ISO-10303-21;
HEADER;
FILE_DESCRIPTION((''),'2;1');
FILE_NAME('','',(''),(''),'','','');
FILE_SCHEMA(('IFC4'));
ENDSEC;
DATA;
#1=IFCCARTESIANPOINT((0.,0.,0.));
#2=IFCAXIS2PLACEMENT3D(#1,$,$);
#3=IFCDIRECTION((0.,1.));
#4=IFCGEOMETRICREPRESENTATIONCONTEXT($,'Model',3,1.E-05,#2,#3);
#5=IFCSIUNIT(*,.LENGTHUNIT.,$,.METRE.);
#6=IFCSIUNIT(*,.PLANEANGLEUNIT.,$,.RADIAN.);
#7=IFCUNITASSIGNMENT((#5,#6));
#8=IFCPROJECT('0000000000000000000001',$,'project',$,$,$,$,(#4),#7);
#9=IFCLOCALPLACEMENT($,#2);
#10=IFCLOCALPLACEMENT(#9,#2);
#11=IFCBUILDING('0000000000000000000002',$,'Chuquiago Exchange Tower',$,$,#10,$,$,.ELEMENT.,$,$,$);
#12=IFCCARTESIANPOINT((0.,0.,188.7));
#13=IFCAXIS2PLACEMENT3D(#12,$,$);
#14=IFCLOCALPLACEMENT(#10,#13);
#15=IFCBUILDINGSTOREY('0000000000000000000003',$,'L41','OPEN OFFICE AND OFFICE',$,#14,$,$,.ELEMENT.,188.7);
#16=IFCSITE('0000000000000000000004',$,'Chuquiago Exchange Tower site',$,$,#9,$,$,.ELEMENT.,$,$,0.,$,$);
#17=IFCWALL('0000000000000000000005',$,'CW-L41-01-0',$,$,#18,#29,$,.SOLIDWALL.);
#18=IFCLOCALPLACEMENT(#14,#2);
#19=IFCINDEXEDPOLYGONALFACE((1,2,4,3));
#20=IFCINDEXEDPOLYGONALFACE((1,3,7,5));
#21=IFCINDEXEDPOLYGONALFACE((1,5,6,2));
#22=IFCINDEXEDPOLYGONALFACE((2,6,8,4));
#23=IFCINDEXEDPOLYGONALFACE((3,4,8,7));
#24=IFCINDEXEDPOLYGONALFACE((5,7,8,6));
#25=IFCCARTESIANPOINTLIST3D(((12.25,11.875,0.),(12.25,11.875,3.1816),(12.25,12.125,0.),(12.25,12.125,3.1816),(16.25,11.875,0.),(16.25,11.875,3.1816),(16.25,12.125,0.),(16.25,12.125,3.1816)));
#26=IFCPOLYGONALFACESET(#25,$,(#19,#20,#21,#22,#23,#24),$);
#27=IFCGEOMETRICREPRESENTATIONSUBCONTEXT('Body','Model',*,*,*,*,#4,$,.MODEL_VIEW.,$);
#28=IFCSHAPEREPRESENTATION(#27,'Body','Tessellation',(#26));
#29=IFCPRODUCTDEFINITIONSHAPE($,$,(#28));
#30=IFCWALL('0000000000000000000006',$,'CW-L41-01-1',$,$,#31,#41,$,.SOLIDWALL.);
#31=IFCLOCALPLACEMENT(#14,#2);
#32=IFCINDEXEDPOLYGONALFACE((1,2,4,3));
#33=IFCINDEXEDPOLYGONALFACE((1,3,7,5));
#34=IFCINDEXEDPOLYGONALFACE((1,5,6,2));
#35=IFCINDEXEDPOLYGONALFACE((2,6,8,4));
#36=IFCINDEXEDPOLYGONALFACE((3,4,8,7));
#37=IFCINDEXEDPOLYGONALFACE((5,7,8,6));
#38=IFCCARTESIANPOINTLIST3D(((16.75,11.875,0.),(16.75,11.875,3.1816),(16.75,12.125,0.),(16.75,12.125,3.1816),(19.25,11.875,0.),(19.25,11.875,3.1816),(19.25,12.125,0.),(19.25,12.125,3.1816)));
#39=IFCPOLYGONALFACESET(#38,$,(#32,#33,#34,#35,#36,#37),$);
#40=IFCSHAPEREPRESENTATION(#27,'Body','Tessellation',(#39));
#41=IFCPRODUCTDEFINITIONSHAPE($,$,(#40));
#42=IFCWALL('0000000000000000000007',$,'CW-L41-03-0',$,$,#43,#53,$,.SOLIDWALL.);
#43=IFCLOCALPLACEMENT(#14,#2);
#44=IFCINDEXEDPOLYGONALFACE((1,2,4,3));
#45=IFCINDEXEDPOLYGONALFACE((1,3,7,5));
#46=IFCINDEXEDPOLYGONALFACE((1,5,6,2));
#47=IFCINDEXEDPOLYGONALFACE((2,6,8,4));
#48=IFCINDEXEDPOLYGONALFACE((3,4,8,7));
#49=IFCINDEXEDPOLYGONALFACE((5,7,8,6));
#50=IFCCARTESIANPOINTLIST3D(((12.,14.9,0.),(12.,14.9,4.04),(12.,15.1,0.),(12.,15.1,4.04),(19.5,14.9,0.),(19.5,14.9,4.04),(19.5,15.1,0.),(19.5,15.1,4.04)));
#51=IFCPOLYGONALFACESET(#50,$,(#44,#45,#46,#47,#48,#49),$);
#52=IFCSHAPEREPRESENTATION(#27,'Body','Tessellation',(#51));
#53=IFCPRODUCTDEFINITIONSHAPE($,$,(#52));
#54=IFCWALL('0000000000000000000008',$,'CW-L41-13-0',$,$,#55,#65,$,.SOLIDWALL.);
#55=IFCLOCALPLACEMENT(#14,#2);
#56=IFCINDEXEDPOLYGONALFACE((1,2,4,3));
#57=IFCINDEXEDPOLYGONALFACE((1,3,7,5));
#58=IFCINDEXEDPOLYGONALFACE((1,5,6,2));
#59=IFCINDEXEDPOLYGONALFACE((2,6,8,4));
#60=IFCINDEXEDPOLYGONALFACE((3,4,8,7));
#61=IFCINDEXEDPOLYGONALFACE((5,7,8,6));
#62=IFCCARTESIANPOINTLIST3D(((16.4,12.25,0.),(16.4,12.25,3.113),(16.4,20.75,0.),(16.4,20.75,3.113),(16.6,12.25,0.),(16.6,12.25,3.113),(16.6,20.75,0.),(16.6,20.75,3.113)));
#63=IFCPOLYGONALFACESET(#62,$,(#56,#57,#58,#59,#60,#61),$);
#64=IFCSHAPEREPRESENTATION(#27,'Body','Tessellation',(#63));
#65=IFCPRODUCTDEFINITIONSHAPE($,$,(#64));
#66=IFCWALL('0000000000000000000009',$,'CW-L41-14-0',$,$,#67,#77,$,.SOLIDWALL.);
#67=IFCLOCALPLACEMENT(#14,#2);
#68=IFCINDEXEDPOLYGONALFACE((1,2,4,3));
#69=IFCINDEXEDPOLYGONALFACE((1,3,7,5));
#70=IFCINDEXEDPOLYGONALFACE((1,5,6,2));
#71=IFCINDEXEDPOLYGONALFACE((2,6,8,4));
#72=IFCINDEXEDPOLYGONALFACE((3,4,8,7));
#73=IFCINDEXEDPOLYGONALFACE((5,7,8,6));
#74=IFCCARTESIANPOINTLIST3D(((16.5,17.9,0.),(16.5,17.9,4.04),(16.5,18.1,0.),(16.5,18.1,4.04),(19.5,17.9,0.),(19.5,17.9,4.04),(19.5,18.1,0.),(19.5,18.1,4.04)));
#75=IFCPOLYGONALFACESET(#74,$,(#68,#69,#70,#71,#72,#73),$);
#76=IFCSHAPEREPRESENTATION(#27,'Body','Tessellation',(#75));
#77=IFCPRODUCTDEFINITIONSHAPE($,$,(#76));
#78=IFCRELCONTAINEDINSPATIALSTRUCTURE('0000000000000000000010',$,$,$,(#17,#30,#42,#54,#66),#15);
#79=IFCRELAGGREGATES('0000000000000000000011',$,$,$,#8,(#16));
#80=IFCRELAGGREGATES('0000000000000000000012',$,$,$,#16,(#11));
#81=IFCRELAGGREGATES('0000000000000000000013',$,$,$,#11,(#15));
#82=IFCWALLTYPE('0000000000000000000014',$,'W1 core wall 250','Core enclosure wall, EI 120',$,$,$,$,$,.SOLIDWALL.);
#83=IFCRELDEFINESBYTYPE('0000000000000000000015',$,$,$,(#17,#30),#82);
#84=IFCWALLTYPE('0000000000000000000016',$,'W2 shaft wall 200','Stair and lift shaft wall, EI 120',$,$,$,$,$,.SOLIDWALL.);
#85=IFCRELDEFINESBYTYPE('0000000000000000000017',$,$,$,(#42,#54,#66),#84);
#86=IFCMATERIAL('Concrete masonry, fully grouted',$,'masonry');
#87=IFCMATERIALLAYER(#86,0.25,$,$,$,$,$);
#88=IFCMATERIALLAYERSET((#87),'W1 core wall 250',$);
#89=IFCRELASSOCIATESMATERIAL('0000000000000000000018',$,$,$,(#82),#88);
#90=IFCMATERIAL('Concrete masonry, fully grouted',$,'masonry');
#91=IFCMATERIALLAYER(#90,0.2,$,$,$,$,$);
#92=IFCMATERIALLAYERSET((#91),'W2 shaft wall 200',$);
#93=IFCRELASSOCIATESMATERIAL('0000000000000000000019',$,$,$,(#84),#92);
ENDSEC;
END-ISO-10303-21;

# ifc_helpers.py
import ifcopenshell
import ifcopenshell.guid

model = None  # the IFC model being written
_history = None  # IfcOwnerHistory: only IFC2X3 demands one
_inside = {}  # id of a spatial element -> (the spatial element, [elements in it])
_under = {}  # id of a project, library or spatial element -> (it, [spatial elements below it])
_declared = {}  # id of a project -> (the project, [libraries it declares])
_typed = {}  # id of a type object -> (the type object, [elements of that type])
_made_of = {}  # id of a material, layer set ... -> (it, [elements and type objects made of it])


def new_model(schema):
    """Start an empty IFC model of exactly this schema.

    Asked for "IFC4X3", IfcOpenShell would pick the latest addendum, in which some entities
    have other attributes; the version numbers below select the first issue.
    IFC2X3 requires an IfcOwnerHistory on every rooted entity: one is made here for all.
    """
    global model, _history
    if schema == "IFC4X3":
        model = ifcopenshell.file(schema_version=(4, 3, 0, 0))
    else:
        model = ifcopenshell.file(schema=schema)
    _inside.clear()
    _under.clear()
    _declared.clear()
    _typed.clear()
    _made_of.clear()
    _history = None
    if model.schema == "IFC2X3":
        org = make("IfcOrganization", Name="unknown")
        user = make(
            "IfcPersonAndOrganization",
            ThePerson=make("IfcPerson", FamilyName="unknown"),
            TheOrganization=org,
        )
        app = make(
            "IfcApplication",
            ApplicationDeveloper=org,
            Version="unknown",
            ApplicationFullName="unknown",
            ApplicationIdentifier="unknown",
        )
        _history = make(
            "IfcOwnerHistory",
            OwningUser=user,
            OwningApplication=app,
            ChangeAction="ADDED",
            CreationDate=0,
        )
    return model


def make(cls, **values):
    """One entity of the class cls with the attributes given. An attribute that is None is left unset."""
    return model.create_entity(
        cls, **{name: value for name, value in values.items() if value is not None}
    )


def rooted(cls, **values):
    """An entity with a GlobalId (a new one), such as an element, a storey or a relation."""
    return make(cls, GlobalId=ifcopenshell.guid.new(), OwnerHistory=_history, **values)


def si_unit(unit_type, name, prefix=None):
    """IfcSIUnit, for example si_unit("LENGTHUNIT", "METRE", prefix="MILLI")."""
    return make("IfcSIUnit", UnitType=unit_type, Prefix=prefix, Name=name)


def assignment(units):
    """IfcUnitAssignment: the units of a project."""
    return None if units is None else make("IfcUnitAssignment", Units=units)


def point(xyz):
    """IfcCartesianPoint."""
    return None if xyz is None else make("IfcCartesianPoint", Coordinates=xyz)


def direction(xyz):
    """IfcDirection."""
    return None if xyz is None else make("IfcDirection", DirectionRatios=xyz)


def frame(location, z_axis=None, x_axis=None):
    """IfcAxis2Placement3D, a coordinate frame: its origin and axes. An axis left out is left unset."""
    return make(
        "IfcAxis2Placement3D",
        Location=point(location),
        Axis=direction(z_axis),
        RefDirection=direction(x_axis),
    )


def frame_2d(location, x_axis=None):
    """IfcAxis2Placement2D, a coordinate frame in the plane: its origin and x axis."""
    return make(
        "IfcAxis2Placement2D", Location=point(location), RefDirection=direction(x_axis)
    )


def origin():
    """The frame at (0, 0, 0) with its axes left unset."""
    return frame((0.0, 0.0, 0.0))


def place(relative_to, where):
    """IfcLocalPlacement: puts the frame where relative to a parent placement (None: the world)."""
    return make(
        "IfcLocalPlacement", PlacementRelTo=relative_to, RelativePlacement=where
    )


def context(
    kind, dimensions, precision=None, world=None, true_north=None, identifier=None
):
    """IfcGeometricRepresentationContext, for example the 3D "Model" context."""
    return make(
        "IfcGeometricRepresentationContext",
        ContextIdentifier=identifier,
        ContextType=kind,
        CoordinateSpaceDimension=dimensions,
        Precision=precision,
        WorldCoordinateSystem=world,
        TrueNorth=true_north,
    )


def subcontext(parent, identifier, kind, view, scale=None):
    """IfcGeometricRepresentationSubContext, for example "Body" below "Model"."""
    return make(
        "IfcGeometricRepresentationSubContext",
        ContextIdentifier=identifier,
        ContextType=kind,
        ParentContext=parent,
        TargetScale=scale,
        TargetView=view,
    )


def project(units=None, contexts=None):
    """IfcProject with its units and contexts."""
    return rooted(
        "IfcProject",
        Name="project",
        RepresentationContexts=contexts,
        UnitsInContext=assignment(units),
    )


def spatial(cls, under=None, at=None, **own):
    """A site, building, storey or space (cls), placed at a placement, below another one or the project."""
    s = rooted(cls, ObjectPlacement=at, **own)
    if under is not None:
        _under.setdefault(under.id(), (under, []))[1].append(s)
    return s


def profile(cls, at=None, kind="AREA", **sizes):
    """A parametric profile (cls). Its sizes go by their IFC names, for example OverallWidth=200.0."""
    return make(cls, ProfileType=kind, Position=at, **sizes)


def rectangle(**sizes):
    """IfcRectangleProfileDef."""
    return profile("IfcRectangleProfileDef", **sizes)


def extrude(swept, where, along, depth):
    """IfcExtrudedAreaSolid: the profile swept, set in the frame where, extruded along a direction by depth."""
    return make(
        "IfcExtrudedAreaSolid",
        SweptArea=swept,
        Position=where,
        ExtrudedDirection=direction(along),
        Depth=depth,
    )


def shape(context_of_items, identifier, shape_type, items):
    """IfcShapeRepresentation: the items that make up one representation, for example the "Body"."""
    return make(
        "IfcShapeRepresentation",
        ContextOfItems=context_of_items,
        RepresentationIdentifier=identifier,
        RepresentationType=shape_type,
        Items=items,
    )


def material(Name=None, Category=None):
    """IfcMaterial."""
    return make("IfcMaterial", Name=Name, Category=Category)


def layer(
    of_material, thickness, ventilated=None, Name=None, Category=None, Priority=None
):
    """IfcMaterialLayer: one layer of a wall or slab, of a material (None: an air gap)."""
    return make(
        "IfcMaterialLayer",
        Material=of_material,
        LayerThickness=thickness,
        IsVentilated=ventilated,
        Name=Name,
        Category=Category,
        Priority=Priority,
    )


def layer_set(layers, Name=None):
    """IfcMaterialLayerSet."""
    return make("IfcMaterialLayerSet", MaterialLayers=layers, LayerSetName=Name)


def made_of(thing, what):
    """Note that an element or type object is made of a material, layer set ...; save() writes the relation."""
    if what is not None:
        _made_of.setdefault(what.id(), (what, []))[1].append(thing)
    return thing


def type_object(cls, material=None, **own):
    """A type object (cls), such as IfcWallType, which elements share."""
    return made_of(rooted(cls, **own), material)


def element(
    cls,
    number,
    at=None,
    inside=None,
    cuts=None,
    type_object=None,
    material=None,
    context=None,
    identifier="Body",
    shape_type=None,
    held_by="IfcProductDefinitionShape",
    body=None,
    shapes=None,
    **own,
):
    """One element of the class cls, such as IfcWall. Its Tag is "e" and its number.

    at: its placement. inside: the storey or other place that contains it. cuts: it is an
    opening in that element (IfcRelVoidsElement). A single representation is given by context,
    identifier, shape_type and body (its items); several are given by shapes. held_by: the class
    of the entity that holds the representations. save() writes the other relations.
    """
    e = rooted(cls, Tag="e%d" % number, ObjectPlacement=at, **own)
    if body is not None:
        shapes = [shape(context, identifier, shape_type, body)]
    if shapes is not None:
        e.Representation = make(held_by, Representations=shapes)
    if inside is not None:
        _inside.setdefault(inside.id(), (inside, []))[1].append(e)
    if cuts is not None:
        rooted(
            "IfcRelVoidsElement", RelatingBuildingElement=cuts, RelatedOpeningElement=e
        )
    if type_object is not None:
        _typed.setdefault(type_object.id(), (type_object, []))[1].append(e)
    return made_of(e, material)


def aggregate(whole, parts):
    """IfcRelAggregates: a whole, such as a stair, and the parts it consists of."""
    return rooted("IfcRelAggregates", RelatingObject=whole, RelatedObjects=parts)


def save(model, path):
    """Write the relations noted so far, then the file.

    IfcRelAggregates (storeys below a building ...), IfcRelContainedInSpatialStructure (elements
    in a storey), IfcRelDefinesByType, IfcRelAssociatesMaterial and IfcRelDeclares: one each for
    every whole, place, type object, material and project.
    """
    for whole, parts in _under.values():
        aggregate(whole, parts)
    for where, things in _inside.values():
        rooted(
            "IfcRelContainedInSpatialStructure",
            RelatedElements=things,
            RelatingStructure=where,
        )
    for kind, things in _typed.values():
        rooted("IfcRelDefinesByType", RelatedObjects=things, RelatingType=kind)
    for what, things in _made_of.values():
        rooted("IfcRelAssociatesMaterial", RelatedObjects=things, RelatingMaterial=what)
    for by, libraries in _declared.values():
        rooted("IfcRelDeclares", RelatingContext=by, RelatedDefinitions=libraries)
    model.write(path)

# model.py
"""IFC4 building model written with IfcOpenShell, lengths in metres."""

from ifc_helpers import new_model, si_unit, direction, frame, frame_2d, origin, place, context, subcontext, project, spatial, rectangle, extrude, material, layer, layer_set, type_object, element, save


model = new_model("IFC4")

# Units and contexts
model_context = context("Model", 3, precision=1e-05, world=origin(), true_north=direction((0.0, 1.0)))
body_context = subcontext(model_context, "Body", "Model", "MODEL_VIEW")
ifc_project = project(units=[si_unit("LENGTHUNIT", "METRE"), si_unit("PLANEANGLEUNIT", "RADIAN")], contexts=[model_context])

# Site, building, storey
site_placement = place(None, origin())
site = spatial("IfcSite", under=ifc_project, at=site_placement, Name="Chuquiago Exchange Tower site", CompositionType="ELEMENT", RefElevation=0.0)
building_placement = place(site_placement, origin())
building = spatial("IfcBuilding", under=site, at=building_placement, Name="Chuquiago Exchange Tower", CompositionType="ELEMENT")
storey_placement = place(building_placement, frame((0.0, 0.0, 188.7)))
storey = spatial("IfcBuildingStorey", under=building, at=storey_placement, Name="L41", Description="OPEN OFFICE AND OFFICE", CompositionType="ELEMENT", Elevation=188.7)

# Shared definitions
ifc_material_1 = material(Name="Concrete masonry, fully grouted", Category="masonry")
ifc_layer_1 = layer(ifc_material_1, 0.25)
ifc_layer_set_1 = layer_set([ifc_layer_1], Name="W1 core wall 250")
wall_type_1 = type_object("IfcWallType", Name="W1 core wall 250", Description="Core enclosure wall, EI 120", PredefinedType="SOLIDWALL", material=ifc_layer_set_1)

# Walls
wall_1_placement = place(storey_placement, frame((12.25, 12.0, 0.0), z_axis=(0.0, 0.0, 1.0), x_axis=(1.0, 0.0, 0.0)))
element("IfcWall", 1, at=wall_1_placement, inside=storey, type_object=wall_type_1, Name="CW-L41-01-0", PredefinedType="SOLIDWALL", context=body_context, shape_type="SweptSolid", body=[
    extrude(rectangle(XDim=4.0, YDim=0.25, at=frame_2d((2.0, 0.0))), origin(), (0.0, 0.0, 1.0), 3.1816),
])
wall_2_placement = place(storey_placement, frame((16.75, 12.0, 0.0), z_axis=(0.0, 0.0, 1.0), x_axis=(1.0, 0.0, 0.0)))
element("IfcWall", 2, at=wall_2_placement, inside=storey, type_object=wall_type_1, Name="CW-L41-01-1", PredefinedType="SOLIDWALL", context=body_context, shape_type="SweptSolid", body=[
    extrude(rectangle(XDim=2.5, YDim=0.25, at=frame_2d((1.25, 0.0))), origin(), (0.0, 0.0, 1.0), 3.1816),
])
ifc_material_2 = material(Name="Concrete masonry, fully grouted", Category="masonry")
ifc_layer_2 = layer(ifc_material_2, 0.2)
ifc_layer_set_2 = layer_set([ifc_layer_2], Name="W2 shaft wall 200")
wall_type_2 = type_object("IfcWallType", Name="W2 shaft wall 200", Description="Stair and lift shaft wall, EI 120", PredefinedType="SOLIDWALL", material=ifc_layer_set_2)
wall_3_placement = place(storey_placement, frame((12.0, 15.0, 0.0), z_axis=(0.0, 0.0, 1.0), x_axis=(1.0, 0.0, 0.0)))
element("IfcWall", 3, at=wall_3_placement, inside=storey, type_object=wall_type_2, Name="CW-L41-03-0", PredefinedType="SOLIDWALL", context=body_context, shape_type="SweptSolid", body=[
    extrude(rectangle(XDim=7.5, YDim=0.2, at=frame_2d((3.75, 0.0))), origin(), (0.0, 0.0, 1.0), 4.04),
])
wall_4_placement = place(storey_placement, frame((16.5, 12.25, 0.0), z_axis=(0.0, 0.0, 1.0), x_axis=(0.0, 1.0, 0.0)))
element("IfcWall", 4, at=wall_4_placement, inside=storey, type_object=wall_type_2, Name="CW-L41-13-0", PredefinedType="SOLIDWALL", context=body_context, shape_type="SweptSolid", body=[
    extrude(rectangle(XDim=8.5, YDim=0.2, at=frame_2d((4.25, 0.0))), origin(), (0.0, 0.0, 1.0), 3.113),
])
wall_5_placement = place(storey_placement, frame((16.5, 18.0, 0.0), z_axis=(0.0, 0.0, 1.0), x_axis=(1.0, 0.0, 0.0)))
element("IfcWall", 5, at=wall_5_placement, inside=storey, type_object=wall_type_2, Name="CW-L41-14-0", PredefinedType="SOLIDWALL", context=body_context, shape_type="SweptSolid", body=[
    extrude(rectangle(XDim=3.0, YDim=0.2, at=frame_2d((1.5, 0.0))), origin(), (0.0, 0.0, 1.0), 4.04),
])

save(model, "model.ifc")
